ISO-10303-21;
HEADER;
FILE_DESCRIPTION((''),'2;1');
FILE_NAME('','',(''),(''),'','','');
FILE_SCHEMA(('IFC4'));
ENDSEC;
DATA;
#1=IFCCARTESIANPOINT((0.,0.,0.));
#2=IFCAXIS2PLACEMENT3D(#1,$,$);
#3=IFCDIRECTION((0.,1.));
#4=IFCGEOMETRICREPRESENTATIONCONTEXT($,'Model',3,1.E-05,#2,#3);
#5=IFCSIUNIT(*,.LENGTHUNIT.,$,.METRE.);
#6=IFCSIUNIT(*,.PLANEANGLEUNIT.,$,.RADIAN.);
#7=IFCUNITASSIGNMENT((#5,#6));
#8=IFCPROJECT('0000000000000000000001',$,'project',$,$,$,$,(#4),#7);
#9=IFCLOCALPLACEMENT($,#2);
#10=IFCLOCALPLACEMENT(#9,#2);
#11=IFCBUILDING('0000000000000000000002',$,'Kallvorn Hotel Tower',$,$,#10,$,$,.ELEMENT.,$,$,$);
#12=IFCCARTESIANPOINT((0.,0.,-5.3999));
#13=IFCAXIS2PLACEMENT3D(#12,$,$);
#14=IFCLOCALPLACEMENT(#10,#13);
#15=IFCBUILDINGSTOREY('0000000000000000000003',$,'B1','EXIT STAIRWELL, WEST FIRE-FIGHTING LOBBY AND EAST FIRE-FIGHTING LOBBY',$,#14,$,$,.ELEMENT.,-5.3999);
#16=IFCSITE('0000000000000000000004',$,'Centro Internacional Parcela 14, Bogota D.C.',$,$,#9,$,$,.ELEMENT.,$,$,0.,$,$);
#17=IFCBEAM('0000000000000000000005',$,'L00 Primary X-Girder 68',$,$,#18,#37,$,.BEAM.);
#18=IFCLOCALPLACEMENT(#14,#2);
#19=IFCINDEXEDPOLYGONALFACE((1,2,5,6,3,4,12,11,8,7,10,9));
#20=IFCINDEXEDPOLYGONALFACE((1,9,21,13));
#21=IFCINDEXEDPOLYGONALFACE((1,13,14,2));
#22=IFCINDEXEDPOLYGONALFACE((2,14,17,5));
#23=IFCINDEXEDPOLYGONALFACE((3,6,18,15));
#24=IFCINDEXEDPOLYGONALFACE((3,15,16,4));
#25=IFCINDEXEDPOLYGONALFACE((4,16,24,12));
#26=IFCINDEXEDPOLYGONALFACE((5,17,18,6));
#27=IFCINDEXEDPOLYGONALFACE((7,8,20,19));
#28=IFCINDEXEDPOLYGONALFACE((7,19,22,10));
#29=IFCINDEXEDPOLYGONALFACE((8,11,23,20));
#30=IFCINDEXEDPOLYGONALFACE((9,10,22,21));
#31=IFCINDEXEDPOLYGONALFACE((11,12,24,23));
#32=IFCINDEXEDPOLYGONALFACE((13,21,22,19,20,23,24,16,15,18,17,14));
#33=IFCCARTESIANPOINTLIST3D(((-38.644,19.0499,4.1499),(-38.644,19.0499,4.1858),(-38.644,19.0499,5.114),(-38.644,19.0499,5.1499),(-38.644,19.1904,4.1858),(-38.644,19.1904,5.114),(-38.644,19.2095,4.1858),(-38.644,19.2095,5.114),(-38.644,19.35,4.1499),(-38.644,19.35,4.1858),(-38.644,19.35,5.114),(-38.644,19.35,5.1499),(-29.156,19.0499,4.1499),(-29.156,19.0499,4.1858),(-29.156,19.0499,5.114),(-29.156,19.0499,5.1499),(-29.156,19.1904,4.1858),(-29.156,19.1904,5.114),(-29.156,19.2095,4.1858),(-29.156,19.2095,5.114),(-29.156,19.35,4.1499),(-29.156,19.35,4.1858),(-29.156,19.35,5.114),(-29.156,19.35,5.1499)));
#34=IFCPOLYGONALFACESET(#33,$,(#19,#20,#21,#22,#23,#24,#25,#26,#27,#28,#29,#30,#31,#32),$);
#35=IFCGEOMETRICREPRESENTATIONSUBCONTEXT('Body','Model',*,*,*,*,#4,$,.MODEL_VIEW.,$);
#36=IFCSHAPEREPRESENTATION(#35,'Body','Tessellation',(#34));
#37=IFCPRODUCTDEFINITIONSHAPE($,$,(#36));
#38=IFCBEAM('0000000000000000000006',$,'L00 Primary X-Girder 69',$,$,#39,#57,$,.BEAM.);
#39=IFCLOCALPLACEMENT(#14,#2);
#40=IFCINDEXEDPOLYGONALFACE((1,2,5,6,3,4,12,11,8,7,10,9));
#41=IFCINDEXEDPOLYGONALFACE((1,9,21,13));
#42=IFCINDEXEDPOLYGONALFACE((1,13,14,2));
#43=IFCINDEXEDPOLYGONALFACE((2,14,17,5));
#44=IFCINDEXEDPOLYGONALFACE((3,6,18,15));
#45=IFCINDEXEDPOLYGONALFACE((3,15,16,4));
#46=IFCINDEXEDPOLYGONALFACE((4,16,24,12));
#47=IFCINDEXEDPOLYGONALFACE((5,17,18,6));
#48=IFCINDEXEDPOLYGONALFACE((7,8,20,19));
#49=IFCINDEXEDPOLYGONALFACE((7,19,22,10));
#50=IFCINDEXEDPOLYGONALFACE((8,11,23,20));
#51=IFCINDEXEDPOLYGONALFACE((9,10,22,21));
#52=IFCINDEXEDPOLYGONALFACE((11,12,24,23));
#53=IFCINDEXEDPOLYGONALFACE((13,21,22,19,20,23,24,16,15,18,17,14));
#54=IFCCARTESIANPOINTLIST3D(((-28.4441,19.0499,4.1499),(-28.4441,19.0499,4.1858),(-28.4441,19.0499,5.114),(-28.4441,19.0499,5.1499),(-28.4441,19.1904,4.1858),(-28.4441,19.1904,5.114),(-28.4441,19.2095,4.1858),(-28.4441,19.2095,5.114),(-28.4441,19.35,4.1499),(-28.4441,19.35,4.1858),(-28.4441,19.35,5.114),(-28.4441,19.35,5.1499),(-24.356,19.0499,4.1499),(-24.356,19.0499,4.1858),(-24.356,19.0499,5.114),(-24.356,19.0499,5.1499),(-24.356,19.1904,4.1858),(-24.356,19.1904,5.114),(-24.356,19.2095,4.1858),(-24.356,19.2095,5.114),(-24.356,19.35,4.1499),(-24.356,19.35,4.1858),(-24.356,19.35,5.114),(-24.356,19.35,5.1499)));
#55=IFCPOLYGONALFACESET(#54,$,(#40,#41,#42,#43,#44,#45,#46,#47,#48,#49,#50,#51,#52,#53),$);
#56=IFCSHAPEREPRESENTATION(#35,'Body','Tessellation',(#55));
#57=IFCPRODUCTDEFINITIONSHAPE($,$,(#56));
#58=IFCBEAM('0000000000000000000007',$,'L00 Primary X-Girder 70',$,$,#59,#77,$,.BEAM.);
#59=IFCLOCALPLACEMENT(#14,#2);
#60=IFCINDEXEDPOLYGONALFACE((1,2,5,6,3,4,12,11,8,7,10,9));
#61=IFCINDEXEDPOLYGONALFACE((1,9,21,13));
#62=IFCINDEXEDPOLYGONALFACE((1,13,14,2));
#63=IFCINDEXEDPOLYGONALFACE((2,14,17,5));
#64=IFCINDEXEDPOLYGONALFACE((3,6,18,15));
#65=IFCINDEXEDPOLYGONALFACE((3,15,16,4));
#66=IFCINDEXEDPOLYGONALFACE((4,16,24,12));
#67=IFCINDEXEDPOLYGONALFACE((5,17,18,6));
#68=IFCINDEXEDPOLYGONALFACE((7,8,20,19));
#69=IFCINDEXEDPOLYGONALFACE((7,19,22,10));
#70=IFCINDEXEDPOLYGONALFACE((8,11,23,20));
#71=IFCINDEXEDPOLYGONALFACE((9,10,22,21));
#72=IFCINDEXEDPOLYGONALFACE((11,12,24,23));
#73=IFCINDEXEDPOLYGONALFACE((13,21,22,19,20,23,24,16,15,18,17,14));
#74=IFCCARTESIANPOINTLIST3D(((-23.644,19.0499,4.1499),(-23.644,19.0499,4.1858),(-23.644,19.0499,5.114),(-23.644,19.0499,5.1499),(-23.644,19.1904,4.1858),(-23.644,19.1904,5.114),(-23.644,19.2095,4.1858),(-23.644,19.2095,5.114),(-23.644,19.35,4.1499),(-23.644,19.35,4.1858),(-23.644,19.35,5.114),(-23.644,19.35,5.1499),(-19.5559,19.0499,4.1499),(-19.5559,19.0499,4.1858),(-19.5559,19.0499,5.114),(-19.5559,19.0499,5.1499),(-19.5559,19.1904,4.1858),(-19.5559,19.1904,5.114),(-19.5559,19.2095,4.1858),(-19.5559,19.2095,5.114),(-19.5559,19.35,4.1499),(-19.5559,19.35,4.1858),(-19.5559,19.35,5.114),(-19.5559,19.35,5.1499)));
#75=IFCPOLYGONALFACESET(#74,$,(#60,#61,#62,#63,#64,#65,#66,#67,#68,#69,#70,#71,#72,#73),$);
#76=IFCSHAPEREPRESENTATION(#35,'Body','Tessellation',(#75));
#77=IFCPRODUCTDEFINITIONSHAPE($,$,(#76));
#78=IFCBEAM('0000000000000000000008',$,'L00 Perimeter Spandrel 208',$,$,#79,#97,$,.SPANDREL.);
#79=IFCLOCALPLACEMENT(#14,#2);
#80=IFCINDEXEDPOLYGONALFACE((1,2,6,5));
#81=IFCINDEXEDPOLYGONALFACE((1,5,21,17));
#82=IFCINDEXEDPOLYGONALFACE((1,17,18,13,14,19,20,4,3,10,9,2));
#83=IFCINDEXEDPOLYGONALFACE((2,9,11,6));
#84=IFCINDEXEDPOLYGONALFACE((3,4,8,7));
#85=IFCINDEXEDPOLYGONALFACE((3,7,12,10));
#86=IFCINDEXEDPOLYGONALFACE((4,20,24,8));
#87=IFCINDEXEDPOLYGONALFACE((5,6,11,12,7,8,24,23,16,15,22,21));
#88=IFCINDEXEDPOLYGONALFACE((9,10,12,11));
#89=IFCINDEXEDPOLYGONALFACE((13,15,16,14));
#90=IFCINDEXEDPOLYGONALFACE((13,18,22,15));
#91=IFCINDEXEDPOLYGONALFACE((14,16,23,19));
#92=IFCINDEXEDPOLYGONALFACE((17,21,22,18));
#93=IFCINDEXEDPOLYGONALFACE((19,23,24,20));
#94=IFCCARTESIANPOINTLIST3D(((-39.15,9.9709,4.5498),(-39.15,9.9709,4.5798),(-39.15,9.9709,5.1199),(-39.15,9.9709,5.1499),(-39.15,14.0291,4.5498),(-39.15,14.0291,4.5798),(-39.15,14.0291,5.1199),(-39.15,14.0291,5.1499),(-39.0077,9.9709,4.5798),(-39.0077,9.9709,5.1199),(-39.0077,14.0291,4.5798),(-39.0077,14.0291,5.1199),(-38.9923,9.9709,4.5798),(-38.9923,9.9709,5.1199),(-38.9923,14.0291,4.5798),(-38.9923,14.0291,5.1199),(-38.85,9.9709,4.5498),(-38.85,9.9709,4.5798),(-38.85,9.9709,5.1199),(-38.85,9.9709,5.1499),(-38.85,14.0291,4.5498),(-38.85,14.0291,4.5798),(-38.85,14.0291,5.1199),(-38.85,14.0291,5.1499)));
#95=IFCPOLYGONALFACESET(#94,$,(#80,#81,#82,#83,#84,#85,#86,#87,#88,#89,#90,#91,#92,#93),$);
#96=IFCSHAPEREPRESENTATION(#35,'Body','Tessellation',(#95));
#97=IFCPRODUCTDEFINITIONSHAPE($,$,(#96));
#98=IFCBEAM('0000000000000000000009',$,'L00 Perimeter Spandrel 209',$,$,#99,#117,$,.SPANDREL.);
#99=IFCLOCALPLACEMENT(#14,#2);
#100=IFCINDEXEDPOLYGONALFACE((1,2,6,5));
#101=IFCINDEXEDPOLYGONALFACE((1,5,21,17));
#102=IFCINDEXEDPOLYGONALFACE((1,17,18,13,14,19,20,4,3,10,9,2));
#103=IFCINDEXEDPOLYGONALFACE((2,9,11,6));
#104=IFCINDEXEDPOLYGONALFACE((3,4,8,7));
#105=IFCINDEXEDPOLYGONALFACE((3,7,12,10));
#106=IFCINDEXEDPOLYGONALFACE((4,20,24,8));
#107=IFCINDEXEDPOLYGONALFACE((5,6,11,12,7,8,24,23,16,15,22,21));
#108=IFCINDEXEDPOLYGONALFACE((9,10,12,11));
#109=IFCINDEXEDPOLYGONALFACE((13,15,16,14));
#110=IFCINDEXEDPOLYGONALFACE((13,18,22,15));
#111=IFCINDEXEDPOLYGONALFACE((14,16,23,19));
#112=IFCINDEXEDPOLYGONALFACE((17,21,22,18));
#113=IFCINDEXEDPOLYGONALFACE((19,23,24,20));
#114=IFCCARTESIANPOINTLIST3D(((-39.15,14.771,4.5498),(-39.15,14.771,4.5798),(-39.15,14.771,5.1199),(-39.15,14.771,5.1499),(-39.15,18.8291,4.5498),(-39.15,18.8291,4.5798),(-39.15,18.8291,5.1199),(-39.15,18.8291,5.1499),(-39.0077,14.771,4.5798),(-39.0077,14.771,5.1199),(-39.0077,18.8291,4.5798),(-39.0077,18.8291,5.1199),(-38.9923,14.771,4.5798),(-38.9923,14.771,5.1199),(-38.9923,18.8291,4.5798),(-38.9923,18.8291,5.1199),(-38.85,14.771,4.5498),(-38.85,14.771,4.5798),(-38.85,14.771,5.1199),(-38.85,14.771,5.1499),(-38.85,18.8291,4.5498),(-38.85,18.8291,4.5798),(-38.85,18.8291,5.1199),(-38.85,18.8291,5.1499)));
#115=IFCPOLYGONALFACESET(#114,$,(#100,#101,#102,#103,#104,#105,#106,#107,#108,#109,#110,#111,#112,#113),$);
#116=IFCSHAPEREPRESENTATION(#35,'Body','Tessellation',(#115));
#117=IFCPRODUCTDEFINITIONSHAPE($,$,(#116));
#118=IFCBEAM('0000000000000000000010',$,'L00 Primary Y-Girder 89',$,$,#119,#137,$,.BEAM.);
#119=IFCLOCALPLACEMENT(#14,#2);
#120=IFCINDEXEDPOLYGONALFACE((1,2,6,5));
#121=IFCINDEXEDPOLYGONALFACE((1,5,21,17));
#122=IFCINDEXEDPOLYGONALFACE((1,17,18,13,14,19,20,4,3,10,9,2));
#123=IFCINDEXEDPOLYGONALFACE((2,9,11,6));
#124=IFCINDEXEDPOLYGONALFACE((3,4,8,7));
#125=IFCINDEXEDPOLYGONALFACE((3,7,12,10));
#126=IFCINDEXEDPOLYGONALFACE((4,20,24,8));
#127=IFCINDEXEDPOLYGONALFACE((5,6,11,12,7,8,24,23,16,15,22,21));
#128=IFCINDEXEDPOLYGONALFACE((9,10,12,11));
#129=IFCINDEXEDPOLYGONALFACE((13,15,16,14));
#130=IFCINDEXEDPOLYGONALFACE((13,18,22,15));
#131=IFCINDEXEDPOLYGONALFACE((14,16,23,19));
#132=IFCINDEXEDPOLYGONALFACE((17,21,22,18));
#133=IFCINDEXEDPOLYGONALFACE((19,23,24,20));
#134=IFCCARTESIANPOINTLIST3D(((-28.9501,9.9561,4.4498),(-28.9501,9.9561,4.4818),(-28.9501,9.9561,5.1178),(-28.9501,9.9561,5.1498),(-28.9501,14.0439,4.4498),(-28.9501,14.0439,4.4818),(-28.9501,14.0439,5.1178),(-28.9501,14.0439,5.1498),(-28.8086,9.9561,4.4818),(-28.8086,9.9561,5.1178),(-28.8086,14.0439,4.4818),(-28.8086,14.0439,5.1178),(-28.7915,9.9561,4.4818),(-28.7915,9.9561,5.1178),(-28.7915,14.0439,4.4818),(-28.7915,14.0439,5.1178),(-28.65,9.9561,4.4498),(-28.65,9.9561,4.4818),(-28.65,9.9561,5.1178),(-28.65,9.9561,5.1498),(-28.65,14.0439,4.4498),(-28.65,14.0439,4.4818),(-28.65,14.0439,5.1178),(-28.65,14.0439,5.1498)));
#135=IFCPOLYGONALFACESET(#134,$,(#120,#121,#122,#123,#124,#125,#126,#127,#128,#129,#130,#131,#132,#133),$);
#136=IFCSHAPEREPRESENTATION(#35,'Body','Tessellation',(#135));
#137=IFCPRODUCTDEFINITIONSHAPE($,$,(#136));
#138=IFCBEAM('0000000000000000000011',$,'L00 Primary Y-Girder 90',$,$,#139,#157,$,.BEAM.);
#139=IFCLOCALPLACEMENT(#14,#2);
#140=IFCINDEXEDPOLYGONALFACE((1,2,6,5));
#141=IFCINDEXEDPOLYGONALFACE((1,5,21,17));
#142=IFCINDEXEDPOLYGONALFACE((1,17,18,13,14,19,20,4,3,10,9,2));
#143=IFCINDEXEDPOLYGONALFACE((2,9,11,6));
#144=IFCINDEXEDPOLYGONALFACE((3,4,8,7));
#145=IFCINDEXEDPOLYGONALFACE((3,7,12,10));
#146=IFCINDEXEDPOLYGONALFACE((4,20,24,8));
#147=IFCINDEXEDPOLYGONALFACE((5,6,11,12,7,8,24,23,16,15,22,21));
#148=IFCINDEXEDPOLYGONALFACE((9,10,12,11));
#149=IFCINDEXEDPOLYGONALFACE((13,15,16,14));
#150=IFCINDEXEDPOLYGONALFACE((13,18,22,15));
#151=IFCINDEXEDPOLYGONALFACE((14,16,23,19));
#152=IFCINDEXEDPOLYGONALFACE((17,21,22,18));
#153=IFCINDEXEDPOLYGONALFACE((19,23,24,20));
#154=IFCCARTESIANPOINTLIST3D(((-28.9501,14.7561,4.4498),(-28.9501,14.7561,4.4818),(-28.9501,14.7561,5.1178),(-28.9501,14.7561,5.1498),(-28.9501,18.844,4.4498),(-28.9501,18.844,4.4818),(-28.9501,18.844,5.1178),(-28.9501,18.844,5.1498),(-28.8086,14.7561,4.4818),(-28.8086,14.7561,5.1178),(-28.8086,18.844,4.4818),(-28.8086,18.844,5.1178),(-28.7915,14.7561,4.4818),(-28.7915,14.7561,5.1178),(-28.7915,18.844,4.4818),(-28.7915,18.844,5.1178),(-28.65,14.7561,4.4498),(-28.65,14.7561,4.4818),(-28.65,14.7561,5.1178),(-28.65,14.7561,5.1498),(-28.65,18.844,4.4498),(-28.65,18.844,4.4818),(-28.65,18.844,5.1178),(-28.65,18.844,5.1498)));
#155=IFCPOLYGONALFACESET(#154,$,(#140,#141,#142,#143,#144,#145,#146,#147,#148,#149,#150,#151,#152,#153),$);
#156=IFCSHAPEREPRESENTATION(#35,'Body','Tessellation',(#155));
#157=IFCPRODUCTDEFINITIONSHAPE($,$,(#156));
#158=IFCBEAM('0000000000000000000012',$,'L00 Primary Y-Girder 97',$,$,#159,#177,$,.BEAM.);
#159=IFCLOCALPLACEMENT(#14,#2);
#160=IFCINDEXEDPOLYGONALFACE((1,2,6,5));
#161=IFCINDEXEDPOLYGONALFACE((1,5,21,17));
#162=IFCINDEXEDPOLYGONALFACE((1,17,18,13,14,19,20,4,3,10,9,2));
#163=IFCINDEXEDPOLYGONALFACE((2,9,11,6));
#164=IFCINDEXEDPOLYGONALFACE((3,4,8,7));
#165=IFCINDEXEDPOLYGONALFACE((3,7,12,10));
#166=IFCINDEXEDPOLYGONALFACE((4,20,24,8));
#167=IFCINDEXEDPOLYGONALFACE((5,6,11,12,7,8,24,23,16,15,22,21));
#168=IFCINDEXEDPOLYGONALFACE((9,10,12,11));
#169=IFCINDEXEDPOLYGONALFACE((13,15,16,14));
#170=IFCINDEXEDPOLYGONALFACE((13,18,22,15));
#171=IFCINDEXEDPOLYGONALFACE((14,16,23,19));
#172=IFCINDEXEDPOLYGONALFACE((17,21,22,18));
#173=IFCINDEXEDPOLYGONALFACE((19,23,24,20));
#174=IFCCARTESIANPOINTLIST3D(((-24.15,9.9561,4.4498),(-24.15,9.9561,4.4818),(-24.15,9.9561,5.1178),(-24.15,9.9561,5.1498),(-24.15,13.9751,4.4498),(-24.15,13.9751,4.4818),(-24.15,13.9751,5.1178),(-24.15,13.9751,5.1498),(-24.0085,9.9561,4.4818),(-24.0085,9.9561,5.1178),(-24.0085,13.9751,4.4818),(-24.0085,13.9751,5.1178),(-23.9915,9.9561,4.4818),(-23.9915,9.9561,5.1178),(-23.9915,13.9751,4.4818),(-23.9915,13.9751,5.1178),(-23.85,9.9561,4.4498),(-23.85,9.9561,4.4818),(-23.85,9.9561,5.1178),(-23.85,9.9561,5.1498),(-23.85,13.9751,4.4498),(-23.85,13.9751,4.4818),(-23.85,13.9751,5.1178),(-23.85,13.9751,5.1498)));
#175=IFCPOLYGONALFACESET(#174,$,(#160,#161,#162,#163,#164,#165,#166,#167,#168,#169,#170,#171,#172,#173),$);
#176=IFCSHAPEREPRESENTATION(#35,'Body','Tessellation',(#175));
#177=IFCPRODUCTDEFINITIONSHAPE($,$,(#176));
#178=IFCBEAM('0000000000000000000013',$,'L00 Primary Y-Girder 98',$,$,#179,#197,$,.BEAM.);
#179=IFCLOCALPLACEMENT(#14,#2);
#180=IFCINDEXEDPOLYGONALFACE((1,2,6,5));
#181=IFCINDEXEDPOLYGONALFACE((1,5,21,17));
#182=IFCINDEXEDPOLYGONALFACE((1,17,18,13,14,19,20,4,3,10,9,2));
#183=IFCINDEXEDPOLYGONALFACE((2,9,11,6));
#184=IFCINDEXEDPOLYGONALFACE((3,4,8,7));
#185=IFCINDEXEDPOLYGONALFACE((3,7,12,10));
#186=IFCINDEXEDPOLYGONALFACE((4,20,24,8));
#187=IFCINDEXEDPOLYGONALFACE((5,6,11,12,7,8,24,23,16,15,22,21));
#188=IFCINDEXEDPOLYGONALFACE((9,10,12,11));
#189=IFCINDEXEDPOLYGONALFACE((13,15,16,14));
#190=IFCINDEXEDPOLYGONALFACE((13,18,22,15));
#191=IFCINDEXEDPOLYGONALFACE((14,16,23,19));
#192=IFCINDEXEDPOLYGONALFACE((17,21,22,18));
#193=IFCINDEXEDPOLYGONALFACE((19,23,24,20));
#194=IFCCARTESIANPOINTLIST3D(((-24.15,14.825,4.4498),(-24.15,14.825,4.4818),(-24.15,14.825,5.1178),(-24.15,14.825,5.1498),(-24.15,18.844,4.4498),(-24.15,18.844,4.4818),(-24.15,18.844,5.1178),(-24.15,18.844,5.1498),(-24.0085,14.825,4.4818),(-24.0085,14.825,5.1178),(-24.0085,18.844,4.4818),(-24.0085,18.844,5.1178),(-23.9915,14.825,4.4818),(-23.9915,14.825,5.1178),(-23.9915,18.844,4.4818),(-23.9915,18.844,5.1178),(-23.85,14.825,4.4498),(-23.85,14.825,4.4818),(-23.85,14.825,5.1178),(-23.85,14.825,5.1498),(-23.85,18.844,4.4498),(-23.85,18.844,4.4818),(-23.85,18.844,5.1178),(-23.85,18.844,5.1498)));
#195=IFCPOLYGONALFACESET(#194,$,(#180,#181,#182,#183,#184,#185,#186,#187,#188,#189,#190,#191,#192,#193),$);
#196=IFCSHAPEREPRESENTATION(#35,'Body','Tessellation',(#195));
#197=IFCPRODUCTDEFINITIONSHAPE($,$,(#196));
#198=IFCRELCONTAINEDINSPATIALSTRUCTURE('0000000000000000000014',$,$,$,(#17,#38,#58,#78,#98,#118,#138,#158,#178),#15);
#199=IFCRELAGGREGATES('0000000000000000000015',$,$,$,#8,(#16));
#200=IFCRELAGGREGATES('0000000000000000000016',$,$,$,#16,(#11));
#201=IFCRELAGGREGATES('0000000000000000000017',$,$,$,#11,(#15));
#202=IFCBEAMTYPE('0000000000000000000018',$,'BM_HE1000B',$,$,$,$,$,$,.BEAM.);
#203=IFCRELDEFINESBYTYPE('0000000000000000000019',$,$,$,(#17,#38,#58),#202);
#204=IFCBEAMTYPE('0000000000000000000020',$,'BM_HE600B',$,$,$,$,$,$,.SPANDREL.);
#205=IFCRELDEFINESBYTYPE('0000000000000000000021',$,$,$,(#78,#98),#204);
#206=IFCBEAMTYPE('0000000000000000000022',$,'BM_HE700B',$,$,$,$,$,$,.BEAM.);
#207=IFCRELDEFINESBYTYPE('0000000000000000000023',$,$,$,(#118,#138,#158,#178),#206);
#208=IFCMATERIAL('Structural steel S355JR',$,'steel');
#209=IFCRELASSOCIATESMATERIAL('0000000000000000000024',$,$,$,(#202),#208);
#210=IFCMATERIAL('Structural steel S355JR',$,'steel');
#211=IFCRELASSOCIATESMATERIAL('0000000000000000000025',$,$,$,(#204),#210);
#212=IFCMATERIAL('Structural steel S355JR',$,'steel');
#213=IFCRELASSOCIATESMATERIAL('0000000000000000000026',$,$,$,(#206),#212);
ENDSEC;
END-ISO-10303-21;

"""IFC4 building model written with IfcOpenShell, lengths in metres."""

from ifc_helpers import new_model, si_unit, direction, frame, origin, origin_2d, place, context, subcontext, project, spatial, i_section, extrude, material, material_profile, profile_set, type_object, element, save


model = new_model("IFC4")

# Units and contexts
model_context = context("Model", 3, precision=1e-05, world=origin(), true_north=direction((0.0, 1.0)))
body_context = subcontext(model_context, "Body", "Model", "MODEL_VIEW")
ifc_project = project(units=[si_unit("LENGTHUNIT", "METRE"), si_unit("PLANEANGLEUNIT", "RADIAN")], contexts=[model_context])

# Site, building, storey
site_placement = place(None, origin())
site = spatial("IfcSite", under=ifc_project, at=site_placement, Name="Centro Internacional Parcela 14, Bogota D.C.", CompositionType="ELEMENT", RefElevation=0.0)
building_placement = place(site_placement, origin())
building = spatial("IfcBuilding", under=site, at=building_placement, Name="Kallvorn Hotel Tower", CompositionType="ELEMENT")
storey_placement = place(building_placement, frame((0.0, 0.0, -5.3999)))
storey = spatial("IfcBuildingStorey", under=building, at=storey_placement, Name="B1", Description="EXIT STAIRWELL, WEST FIRE-FIGHTING LOBBY AND EAST FIRE-FIGHTING LOBBY", CompositionType="ELEMENT", Elevation=-5.3999)

# Beams
ifc_material_1 = material(Name="Structural steel S355JR", Category="steel")
ifc_material_profile_1 = material_profile(ifc_material_1, i_section(OverallWidth=0.3, OverallDepth=1.0, WebThickness=0.019, FlangeThickness=0.0359, at=origin_2d()), Name="HE 1000 B")
ifc_profile_set_1 = profile_set([ifc_material_profile_1], Name="Structural steel S355JR")
beam_type_1 = type_object("IfcBeamType", Name="BM_HE1000B", PredefinedType="BEAM", material=ifc_profile_set_1)
beam_1_placement = place(storey_placement, frame((-38.644, 19.2, 4.6499), z_axis=(1.0, 0.0, 0.0), x_axis=(0.0, 1.0, 0.0)))
element("IfcBeam", 1, at=beam_1_placement, inside=storey, type_object=beam_type_1, Name="L00 Primary X-Girder 68", PredefinedType="BEAM", context=body_context, shape_type="SweptSolid", body=[
    extrude(i_section(OverallWidth=0.3, OverallDepth=1.0, WebThickness=0.019, FlangeThickness=0.0359, at=origin_2d()), origin(), (0.0, 0.0, 1.0), 9.488),
])
for number, where, z_axis, x_axis, name in (
    (2, (-28.4441, 19.2, 4.6499), (1.0, 0.0, 0.0), (0.0, 1.0, 0.0), "L00 Primary X-Girder 69"),
    (3, (-23.644, 19.2, 4.6499), (1.0, 0.0, 0.0), (0.0, 1.0, 0.0), "L00 Primary X-Girder 70"),
):
    element("IfcBeam", number, at=place(storey_placement, frame(where, z_axis=z_axis, x_axis=x_axis)), inside=storey, type_object=beam_type_1, Name=name, PredefinedType="BEAM", context=body_context, shape_type="SweptSolid", body=[
        extrude(i_section(OverallWidth=0.3, OverallDepth=1.0, WebThickness=0.019, FlangeThickness=0.0359, at=origin_2d()), origin(), (0.0, 0.0, 1.0), 4.0881),
    ])
ifc_material_2 = material(Name="Structural steel S355JR", Category="steel")
ifc_material_profile_2 = material_profile(ifc_material_2, i_section(OverallWidth=0.3, OverallDepth=0.6001, WebThickness=0.0154, FlangeThickness=0.03, at=origin_2d()), Name="HE 600 B")
ifc_profile_set_2 = profile_set([ifc_material_profile_2], Name="Structural steel S355JR")
beam_type_2 = type_object("IfcBeamType", Name="BM_HE600B", PredefinedType="SPANDREL", material=ifc_profile_set_2)
for number, where, z_axis, x_axis, name in (
    (4, (-39.0, 9.9709, 4.8499), (0.0, 1.0, 0.0), (-1.0, 0.0, 0.0), "L00 Perimeter Spandrel 208"),
    (5, (-39.0, 14.771, 4.8499), (0.0, 1.0, 0.0), (-1.0, 0.0, 0.0), "L00 Perimeter Spandrel 209"),
):
    element("IfcBeam", number, at=place(storey_placement, frame(where, z_axis=z_axis, x_axis=x_axis)), inside=storey, type_object=beam_type_2, Name=name, PredefinedType="SPANDREL", context=body_context, shape_type="SweptSolid", body=[
        extrude(i_section(OverallWidth=0.3, OverallDepth=0.6001, WebThickness=0.0154, FlangeThickness=0.03, at=origin_2d()), origin(), (0.0, 0.0, 1.0), 4.0581),
    ])
ifc_material_3 = material(Name="Structural steel S355JR", Category="steel")
ifc_material_profile_3 = material_profile(ifc_material_3, i_section(OverallWidth=0.3, OverallDepth=0.7, WebThickness=0.0171, FlangeThickness=0.032, at=origin_2d()), Name="HE 700 B")
ifc_profile_set_3 = profile_set([ifc_material_profile_3], Name="Structural steel S355JR")
beam_type_3 = type_object("IfcBeamType", Name="BM_HE700B", PredefinedType="BEAM", material=ifc_profile_set_3)
for number, where, z_axis, x_axis, name in (
    (6, (-28.8, 9.9561, 4.7998), (0.0, 1.0, 0.0), (-1.0, 0.0, 0.0), "L00 Primary Y-Girder 89"),
    (7, (-28.8, 14.7561, 4.7998), (0.0, 1.0, 0.0), (-1.0, 0.0, 0.0), "L00 Primary Y-Girder 90"),
):
    element("IfcBeam", number, at=place(storey_placement, frame(where, z_axis=z_axis, x_axis=x_axis)), inside=storey, type_object=beam_type_3, Name=name, PredefinedType="BEAM", context=body_context, shape_type="SweptSolid", body=[
        extrude(i_section(OverallWidth=0.3, OverallDepth=0.7, WebThickness=0.0171, FlangeThickness=0.032, at=origin_2d()), origin(), (0.0, 0.0, 1.0), 4.0879),
    ])
for number, where, z_axis, x_axis, name in (
    (8, (-24.0, 9.9561, 4.7998), (0.0, 1.0, 0.0), (-1.0, 0.0, 0.0), "L00 Primary Y-Girder 97"),
    (9, (-24.0, 14.825, 4.7998), (0.0, 1.0, 0.0), (-1.0, 0.0, 0.0), "L00 Primary Y-Girder 98"),
):
    element("IfcBeam", number, at=place(storey_placement, frame(where, z_axis=z_axis, x_axis=x_axis)), inside=storey, type_object=beam_type_3, Name=name, PredefinedType="BEAM", context=body_context, shape_type="SweptSolid", body=[
        extrude(i_section(OverallWidth=0.3, OverallDepth=0.7, WebThickness=0.0171, FlangeThickness=0.032, at=origin_2d()), origin(), (0.0, 0.0, 1.0), 4.019),
    ])

save(model, "model.ifc")
